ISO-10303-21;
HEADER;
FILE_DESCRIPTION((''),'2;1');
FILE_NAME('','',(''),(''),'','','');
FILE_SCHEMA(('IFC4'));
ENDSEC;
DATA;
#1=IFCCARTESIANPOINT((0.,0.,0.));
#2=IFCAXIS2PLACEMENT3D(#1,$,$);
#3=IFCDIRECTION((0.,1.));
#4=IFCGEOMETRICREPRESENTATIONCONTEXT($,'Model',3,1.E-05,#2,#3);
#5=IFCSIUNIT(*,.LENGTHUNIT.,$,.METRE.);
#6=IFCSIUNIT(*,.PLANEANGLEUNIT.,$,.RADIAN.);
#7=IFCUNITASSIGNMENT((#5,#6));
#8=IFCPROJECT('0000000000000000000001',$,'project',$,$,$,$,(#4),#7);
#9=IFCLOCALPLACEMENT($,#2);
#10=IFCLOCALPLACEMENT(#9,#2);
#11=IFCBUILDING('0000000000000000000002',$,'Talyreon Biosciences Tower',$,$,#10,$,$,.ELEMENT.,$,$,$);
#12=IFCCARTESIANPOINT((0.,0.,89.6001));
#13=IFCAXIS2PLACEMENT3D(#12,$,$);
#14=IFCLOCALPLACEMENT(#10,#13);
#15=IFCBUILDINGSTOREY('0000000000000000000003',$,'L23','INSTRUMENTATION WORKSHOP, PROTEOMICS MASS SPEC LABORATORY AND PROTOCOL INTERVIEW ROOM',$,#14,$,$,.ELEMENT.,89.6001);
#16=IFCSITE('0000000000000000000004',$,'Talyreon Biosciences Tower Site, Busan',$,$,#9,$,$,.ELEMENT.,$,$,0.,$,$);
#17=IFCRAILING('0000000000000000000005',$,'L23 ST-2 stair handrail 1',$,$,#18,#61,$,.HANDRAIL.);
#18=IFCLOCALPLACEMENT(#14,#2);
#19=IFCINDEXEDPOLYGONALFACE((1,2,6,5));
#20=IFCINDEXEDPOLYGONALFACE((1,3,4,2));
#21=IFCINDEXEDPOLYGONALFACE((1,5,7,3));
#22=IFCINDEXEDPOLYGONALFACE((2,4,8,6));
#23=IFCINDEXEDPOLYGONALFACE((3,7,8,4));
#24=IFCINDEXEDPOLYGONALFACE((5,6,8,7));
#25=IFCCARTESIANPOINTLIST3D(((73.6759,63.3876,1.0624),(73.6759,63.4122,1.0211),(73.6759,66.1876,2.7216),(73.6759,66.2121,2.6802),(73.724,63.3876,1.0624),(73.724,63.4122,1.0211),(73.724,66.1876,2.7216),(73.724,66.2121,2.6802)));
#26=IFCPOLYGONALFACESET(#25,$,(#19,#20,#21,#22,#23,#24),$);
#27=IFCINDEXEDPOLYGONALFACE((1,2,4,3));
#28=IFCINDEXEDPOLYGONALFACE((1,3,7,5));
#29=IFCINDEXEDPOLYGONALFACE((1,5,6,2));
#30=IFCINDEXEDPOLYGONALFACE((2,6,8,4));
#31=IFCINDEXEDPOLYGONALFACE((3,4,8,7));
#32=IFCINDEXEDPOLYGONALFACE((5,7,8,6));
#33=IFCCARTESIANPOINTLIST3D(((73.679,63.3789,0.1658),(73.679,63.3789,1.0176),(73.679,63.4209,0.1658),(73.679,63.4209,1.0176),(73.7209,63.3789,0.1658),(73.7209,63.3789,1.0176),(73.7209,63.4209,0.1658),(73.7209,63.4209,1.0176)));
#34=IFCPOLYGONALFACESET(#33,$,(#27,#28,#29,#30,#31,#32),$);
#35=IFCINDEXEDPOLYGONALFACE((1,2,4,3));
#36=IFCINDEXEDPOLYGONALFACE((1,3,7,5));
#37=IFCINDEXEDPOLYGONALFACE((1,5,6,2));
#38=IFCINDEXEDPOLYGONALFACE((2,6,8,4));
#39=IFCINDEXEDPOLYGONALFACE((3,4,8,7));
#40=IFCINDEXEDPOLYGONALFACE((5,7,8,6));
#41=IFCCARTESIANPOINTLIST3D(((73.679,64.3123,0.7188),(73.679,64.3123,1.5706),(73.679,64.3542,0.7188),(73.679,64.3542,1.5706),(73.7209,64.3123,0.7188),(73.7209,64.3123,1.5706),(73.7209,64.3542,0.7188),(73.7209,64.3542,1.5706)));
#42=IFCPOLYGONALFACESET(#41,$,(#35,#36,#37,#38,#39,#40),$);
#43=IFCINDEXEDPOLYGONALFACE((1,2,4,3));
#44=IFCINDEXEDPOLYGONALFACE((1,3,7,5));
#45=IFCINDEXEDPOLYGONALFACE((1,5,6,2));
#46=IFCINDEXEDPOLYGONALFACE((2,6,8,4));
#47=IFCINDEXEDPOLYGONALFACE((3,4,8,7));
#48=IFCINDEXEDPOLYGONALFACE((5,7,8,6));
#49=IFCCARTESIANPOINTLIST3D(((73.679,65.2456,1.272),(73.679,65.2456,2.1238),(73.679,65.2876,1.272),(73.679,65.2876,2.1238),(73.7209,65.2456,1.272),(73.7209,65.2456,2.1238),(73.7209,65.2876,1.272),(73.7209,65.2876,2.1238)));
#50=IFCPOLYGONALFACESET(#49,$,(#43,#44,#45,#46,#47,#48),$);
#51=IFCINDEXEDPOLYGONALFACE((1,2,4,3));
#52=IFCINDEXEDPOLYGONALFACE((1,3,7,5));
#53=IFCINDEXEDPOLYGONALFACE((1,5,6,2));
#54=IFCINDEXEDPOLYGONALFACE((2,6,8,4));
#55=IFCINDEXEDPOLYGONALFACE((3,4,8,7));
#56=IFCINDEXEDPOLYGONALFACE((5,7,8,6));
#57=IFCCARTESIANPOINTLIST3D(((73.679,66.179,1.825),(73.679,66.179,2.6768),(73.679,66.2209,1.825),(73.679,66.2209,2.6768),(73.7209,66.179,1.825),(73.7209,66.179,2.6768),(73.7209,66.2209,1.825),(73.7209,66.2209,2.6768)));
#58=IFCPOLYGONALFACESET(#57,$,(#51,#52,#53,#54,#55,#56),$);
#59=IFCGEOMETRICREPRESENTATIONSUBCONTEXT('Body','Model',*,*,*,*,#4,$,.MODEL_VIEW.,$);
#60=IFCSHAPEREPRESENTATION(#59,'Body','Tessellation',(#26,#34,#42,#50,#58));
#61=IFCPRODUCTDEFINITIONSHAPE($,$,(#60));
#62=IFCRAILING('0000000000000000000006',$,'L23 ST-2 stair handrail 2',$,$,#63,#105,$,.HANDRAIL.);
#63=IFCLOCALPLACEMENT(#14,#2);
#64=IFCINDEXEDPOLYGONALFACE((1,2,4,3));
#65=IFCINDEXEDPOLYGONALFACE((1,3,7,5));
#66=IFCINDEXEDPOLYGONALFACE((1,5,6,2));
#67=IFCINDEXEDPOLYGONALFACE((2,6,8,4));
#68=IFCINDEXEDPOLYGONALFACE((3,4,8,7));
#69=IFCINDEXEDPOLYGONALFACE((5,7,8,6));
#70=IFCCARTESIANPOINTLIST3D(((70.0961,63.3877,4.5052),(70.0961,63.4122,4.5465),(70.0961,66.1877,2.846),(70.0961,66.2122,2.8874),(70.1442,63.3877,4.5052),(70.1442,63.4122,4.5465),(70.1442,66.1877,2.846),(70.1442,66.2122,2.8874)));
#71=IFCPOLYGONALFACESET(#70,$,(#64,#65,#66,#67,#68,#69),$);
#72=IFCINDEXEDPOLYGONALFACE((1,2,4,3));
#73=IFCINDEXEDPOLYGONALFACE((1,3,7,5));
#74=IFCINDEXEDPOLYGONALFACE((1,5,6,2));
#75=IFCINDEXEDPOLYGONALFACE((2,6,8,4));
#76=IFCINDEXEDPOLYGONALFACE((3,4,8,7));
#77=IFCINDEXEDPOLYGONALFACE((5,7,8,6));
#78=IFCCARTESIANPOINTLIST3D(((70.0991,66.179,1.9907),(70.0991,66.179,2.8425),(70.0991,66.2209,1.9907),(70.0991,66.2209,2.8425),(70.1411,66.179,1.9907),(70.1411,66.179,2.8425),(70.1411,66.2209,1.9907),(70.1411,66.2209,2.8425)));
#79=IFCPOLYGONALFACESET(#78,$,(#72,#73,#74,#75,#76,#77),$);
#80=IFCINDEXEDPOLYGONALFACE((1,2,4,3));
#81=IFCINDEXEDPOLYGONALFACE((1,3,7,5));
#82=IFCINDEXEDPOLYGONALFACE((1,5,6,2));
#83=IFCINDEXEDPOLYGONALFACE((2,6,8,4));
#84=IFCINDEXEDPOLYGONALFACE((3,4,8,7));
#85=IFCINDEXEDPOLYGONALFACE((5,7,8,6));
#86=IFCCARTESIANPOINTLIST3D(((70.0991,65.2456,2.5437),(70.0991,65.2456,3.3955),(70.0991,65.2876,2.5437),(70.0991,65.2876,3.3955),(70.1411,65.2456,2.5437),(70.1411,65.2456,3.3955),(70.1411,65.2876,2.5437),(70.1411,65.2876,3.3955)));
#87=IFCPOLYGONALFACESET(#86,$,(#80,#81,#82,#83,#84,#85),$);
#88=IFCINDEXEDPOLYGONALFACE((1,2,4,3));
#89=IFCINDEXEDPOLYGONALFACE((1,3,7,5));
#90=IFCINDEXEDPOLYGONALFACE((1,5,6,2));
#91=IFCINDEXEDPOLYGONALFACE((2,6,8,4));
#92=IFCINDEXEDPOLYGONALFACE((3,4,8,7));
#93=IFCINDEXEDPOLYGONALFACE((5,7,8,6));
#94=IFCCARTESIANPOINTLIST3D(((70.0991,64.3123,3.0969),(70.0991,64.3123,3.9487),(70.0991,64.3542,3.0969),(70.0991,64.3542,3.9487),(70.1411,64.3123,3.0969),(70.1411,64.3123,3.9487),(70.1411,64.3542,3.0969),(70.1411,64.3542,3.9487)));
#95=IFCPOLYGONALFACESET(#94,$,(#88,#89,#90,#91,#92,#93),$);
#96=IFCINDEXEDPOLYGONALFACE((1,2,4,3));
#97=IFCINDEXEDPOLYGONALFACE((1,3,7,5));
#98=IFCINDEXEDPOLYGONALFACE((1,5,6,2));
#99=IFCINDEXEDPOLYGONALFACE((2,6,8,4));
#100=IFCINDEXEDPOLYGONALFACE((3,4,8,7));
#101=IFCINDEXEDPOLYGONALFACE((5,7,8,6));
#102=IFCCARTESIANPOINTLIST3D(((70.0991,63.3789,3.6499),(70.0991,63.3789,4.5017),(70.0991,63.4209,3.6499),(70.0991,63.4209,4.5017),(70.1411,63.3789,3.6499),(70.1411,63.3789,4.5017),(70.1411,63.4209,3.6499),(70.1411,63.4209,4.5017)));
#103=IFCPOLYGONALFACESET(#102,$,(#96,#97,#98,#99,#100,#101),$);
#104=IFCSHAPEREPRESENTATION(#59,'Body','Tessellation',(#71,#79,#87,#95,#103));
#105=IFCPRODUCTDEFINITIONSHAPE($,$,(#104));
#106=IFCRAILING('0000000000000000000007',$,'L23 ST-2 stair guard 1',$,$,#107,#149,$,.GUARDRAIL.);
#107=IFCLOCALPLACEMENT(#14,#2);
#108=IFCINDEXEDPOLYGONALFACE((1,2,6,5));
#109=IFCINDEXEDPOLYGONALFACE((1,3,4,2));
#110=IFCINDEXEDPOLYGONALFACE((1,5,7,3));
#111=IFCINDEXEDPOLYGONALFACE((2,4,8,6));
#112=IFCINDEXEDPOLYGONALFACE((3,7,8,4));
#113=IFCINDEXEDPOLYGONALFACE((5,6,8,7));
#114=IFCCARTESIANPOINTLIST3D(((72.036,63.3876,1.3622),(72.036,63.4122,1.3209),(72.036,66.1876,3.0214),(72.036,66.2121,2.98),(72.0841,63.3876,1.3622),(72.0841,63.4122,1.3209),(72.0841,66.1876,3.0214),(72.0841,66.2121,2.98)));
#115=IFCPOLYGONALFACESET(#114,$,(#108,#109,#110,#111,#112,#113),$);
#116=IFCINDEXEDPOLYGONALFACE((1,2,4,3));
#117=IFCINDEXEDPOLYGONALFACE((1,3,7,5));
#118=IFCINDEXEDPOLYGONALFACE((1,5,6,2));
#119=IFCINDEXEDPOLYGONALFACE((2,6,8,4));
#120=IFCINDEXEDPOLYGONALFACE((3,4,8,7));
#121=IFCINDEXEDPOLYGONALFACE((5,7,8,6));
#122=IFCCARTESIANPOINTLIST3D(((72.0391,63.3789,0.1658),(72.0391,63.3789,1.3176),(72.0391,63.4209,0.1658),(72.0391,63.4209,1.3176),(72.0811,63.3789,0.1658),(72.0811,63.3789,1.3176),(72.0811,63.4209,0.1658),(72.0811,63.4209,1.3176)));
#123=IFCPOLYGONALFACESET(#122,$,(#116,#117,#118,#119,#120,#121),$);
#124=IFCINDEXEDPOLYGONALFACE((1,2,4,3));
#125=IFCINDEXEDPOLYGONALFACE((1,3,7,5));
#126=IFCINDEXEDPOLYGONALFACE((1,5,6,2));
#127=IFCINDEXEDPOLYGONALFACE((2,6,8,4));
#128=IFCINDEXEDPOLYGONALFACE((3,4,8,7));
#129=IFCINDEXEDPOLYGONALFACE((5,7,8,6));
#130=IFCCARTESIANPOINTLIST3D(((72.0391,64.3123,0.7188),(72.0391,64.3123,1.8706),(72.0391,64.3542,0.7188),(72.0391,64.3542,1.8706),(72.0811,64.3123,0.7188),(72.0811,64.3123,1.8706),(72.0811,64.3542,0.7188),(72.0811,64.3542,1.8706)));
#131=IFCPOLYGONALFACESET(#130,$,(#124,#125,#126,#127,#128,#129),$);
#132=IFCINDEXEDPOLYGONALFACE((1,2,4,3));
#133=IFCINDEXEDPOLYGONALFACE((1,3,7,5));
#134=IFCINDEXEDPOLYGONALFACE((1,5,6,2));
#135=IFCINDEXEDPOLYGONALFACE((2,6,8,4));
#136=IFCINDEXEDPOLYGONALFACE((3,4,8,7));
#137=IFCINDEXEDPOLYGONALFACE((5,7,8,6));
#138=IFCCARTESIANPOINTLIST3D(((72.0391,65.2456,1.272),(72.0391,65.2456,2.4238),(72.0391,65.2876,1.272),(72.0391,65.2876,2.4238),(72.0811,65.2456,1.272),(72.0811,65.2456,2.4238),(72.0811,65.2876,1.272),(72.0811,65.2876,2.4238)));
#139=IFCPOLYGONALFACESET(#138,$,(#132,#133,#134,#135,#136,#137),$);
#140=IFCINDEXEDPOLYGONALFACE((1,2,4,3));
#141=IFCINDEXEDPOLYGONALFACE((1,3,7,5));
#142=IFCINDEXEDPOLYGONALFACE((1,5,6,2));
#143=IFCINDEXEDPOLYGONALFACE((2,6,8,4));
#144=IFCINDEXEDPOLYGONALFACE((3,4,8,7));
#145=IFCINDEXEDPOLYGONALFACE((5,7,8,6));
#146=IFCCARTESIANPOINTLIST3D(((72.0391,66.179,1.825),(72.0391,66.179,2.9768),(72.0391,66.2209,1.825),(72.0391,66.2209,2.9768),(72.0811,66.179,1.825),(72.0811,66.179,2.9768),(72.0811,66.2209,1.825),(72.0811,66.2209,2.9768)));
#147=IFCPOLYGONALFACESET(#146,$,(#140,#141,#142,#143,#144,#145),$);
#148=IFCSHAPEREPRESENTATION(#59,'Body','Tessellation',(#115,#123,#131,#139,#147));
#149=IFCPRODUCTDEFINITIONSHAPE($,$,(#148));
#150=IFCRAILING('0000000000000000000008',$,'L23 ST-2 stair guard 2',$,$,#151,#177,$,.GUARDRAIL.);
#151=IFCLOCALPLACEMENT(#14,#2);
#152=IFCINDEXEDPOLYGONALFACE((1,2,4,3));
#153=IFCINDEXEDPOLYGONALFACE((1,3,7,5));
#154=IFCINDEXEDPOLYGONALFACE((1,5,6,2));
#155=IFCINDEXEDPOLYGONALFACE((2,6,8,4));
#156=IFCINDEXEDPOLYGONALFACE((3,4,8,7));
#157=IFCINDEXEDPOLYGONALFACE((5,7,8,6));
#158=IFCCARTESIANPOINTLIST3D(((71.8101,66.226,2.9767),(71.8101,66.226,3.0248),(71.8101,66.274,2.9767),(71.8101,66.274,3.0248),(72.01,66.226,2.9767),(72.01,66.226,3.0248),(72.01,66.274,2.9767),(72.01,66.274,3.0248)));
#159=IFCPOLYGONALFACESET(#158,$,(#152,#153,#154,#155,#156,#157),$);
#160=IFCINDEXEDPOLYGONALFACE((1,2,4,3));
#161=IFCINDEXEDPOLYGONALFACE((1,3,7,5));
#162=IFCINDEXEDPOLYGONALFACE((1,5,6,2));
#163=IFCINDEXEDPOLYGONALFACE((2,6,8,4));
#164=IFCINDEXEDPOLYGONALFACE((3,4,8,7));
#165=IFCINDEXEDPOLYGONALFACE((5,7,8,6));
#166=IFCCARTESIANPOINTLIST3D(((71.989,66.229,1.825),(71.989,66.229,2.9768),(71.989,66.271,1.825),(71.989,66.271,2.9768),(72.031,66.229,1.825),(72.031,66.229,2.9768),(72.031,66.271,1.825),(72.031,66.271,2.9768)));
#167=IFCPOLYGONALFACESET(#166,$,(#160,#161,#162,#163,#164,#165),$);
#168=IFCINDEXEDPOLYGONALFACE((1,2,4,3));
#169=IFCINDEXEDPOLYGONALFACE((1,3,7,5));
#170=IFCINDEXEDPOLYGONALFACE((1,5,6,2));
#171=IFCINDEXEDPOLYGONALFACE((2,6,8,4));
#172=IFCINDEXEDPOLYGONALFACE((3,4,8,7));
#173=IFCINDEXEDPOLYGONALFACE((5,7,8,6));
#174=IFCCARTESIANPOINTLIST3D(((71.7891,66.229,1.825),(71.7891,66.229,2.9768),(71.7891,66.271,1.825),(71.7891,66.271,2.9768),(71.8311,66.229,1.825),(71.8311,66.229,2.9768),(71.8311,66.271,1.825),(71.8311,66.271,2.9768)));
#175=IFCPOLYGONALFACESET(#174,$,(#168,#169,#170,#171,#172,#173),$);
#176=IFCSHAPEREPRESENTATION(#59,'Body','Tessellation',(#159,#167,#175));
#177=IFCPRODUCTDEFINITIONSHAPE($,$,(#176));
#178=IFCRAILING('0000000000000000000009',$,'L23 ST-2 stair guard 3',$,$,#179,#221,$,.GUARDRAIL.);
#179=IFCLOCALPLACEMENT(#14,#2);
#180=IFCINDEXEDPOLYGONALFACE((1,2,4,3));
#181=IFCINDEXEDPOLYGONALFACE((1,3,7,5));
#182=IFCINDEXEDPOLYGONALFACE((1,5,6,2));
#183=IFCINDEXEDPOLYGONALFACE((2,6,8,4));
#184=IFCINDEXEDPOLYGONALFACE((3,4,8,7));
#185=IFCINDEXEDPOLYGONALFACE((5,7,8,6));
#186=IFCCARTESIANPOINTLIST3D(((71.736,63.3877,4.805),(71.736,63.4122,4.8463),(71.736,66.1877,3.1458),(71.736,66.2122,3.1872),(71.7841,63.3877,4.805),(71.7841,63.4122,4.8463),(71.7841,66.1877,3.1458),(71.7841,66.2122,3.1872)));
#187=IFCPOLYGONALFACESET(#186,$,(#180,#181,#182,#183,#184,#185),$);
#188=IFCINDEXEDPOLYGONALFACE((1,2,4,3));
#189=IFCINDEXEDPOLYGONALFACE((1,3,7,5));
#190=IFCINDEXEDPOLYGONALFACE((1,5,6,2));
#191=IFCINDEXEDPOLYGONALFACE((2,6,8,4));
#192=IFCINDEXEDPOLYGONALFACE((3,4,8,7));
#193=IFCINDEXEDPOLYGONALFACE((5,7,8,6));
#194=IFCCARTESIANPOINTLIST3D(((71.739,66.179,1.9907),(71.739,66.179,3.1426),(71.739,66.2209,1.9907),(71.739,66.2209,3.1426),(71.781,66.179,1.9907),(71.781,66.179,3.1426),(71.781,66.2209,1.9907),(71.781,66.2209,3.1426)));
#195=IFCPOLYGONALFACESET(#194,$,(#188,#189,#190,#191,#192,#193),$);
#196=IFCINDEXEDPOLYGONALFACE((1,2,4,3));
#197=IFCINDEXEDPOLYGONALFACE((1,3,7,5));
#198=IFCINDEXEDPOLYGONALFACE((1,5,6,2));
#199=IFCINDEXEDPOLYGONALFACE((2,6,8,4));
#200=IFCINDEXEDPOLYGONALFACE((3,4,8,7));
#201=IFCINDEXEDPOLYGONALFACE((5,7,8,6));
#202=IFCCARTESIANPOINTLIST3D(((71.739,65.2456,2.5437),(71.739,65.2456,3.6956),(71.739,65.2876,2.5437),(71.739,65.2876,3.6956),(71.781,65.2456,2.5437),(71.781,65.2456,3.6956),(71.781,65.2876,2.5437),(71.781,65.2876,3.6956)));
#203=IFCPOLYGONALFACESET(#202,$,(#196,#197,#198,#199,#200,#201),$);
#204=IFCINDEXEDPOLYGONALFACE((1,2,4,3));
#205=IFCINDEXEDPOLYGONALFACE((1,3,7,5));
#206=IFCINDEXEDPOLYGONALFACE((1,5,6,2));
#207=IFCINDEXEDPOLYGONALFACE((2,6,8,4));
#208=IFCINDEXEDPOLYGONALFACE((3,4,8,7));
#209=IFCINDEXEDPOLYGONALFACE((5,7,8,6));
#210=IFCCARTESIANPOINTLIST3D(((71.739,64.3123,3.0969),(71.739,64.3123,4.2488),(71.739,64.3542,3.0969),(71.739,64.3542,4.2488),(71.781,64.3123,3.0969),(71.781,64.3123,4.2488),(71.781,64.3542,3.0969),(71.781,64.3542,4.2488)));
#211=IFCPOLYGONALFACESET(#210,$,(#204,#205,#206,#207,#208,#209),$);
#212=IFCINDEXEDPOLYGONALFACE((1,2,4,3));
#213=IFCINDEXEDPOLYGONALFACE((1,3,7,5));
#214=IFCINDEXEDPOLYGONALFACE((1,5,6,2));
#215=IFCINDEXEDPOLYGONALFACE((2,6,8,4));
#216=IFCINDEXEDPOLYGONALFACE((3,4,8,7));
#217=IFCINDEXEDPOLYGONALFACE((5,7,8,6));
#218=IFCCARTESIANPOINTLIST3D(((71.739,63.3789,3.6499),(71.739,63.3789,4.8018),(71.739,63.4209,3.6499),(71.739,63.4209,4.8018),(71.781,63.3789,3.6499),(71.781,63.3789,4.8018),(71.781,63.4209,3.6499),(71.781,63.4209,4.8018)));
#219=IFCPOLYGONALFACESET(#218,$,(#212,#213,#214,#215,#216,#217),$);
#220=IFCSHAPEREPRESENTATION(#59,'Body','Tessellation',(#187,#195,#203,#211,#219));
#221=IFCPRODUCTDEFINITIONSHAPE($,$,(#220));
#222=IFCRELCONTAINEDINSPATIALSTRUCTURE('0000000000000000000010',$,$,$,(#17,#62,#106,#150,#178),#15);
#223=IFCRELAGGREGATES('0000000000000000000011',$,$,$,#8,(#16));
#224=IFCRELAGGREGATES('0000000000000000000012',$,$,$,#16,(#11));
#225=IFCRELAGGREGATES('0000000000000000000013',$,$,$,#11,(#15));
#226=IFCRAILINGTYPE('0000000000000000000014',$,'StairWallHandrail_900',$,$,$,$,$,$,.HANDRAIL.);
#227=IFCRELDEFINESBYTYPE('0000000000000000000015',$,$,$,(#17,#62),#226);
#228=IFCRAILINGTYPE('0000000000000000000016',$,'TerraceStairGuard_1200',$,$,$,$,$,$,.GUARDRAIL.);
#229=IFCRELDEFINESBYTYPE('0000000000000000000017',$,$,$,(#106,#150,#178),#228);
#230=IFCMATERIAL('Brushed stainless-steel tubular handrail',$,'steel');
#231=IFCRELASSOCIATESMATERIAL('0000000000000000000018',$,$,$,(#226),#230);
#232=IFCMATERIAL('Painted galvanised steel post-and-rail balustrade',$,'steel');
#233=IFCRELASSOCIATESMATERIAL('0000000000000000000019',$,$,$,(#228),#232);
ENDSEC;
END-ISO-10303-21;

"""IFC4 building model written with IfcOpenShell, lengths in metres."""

from ifc_helpers import new_model, si_unit, direction, frame, origin, origin_2d, place, context, subcontext, project, spatial, rectangle, extrude, material, type_object, element, save


model = new_model("IFC4")

# Units and contexts
model_context = context("Model", 3, precision=1e-05, world=origin(), true_north=direction((0.0, 1.0)))
body_context = subcontext(model_context, "Body", "Model", "MODEL_VIEW")
ifc_project = project(units=[si_unit("LENGTHUNIT", "METRE"), si_unit("PLANEANGLEUNIT", "RADIAN")], contexts=[model_context])

# Site, building, storey
site_placement = place(None, origin())
site = spatial("IfcSite", under=ifc_project, at=site_placement, Name="Talyreon Biosciences Tower Site, Busan", CompositionType="ELEMENT", RefElevation=0.0)
building_placement = place(site_placement, origin())
building = spatial("IfcBuilding", under=site, at=building_placement, Name="Talyreon Biosciences Tower", CompositionType="ELEMENT")
storey_placement = place(building_placement, frame((0.0, 0.0, 89.6001)))
storey = spatial("IfcBuildingStorey", under=building, at=storey_placement, Name="L23", Description="INSTRUMENTATION WORKSHOP, PROTEOMICS MASS SPEC LABORATORY AND PROTOCOL INTERVIEW ROOM", CompositionType="ELEMENT", Elevation=89.6001)

# Railings
ifc_material_1 = material(Name="Brushed stainless-steel tubular handrail", Category="steel")
railing_type_1 = type_object("IfcRailingType", Name="StairWallHandrail_900", PredefinedType="HANDRAIL", material=ifc_material_1)
railing_1_placement = place(storey_placement, frame((73.7, 63.3999, 0.1658)))
element("IfcRailing", 1, at=railing_1_placement, inside=storey, type_object=railing_type_1, Name="L23 ST-2 stair handrail 1", PredefinedType="HANDRAIL", context=body_context, shape_type="SweptSolid", body=[
    extrude(rectangle(XDim=0.0481, YDim=0.0481, at=origin_2d()), frame((0.0, 0.0, 0.876), z_axis=(0.0, 0.860306, 0.509778), x_axis=(-1.0, 0.0, 0.0)), (0.0, 0.0, 1.0), 3.2546),
    extrude(rectangle(XDim=0.042, YDim=0.042, at=origin_2d()), origin(), (0.0, 0.0, 1.0), 0.8518),
    extrude(rectangle(XDim=0.042, YDim=0.042, at=origin_2d()), frame((0.0, 0.9333, 0.553)), (0.0, 0.0, 1.0), 0.8518),
    extrude(rectangle(XDim=0.042, YDim=0.042, at=origin_2d()), frame((0.0, 1.8667, 1.1062)), (0.0, 0.0, 1.0), 0.8518),
    extrude(rectangle(XDim=0.042, YDim=0.042, at=origin_2d()), frame((0.0, 2.8, 1.6592)), (0.0, 0.0, 1.0), 0.8518),
])
railing_2_placement = place(storey_placement, frame((70.1201, 66.2, 1.9907)))
element("IfcRailing", 2, at=railing_2_placement, inside=storey, type_object=railing_type_1, Name="L23 ST-2 stair handrail 2", PredefinedType="HANDRAIL", context=body_context, shape_type="SweptSolid", body=[
    extrude(rectangle(XDim=0.0481, YDim=0.0481, at=origin_2d()), frame((0.0, 0.0, 0.876), z_axis=(0.0, -0.860306, 0.509778), x_axis=(1.0, 0.0, 0.0)), (0.0, 0.0, 1.0), 3.2546),
    extrude(rectangle(XDim=0.042, YDim=0.042, at=origin_2d()), origin(), (0.0, 0.0, 1.0), 0.8518),
    extrude(rectangle(XDim=0.042, YDim=0.042, at=origin_2d()), frame((0.0, -0.9333, 0.553)), (0.0, 0.0, 1.0), 0.8518),
    extrude(rectangle(XDim=0.042, YDim=0.042, at=origin_2d()), frame((0.0, -1.8667, 1.1062)), (0.0, 0.0, 1.0), 0.8518),
    extrude(rectangle(XDim=0.042, YDim=0.042, at=origin_2d()), frame((0.0, -2.8, 1.6592)), (0.0, 0.0, 1.0), 0.8518),
])
ifc_material_2 = material(Name="Painted galvanised steel post-and-rail balustrade", Category="steel")
railing_type_2 = type_object("IfcRailingType", Name="TerraceStairGuard_1200", PredefinedType="GUARDRAIL", material=ifc_material_2)
railing_3_placement = place(storey_placement, frame((72.0601, 63.3999, 0.1658)))
element("IfcRailing", 3, at=railing_3_placement, inside=storey, type_object=railing_type_2, Name="L23 ST-2 stair guard 1", PredefinedType="GUARDRAIL", context=body_context, shape_type="SweptSolid", body=[
    extrude(rectangle(XDim=0.0481, YDim=0.0481, at=origin_2d()), frame((0.0, 0.0, 1.1758), z_axis=(0.0, 0.860306, 0.509778), x_axis=(-1.0, 0.0, 0.0)), (0.0, 0.0, 1.0), 3.2546),
    extrude(rectangle(XDim=0.042, YDim=0.042, at=origin_2d()), origin(), (0.0, 0.0, 1.0), 1.1519),
    extrude(rectangle(XDim=0.042, YDim=0.042, at=origin_2d()), frame((0.0, 0.9333, 0.553)), (0.0, 0.0, 1.0), 1.1519),
    extrude(rectangle(XDim=0.042, YDim=0.042, at=origin_2d()), frame((0.0, 1.8667, 1.1062)), (0.0, 0.0, 1.0), 1.1519),
    extrude(rectangle(XDim=0.042, YDim=0.042, at=origin_2d()), frame((0.0, 2.8, 1.6592)), (0.0, 0.0, 1.0), 1.1519),
])
railing_4_placement = place(storey_placement, frame((72.01, 66.25, 1.825)))
element("IfcRailing", 4, at=railing_4_placement, inside=storey, type_object=railing_type_2, Name="L23 ST-2 stair guard 2", PredefinedType="GUARDRAIL", context=body_context, shape_type="SweptSolid", body=[
    extrude(rectangle(XDim=0.0481, YDim=0.0481, at=origin_2d()), frame((0.0, 0.0, 1.1758), z_axis=(-1.0, 0.0, 0.0), x_axis=(0.0, -1.0, 0.0)), (0.0, 0.0, 1.0), 0.2),
    extrude(rectangle(XDim=0.042, YDim=0.042, at=origin_2d()), origin(), (0.0, 0.0, 1.0), 1.1519),
    extrude(rectangle(XDim=0.042, YDim=0.042, at=origin_2d()), frame((-0.2, 0.0, 0.0)), (0.0, 0.0, 1.0), 1.1519),
])
railing_5_placement = place(storey_placement, frame((71.76, 66.2, 1.9907)))
element("IfcRailing", 5, at=railing_5_placement, inside=storey, type_object=railing_type_2, Name="L23 ST-2 stair guard 3", PredefinedType="GUARDRAIL", context=body_context, shape_type="SweptSolid", body=[
    extrude(rectangle(XDim=0.0481, YDim=0.0481, at=origin_2d()), frame((0.0, 0.0, 1.1758), z_axis=(0.0, -0.860306, 0.509778), x_axis=(1.0, 0.0, 0.0)), (0.0, 0.0, 1.0), 3.2546),
    extrude(rectangle(XDim=0.042, YDim=0.042, at=origin_2d()), origin(), (0.0, 0.0, 1.0), 1.1519),
    extrude(rectangle(XDim=0.042, YDim=0.042, at=origin_2d()), frame((0.0, -0.9333, 0.553)), (0.0, 0.0, 1.0), 1.1519),
    extrude(rectangle(XDim=0.042, YDim=0.042, at=origin_2d()), frame((0.0, -1.8667, 1.1062)), (0.0, 0.0, 1.0), 1.1519),
    extrude(rectangle(XDim=0.042, YDim=0.042, at=origin_2d()), frame((0.0, -2.8, 1.6592)), (0.0, 0.0, 1.0), 1.1519),
])

save(model, "model.ifc")
